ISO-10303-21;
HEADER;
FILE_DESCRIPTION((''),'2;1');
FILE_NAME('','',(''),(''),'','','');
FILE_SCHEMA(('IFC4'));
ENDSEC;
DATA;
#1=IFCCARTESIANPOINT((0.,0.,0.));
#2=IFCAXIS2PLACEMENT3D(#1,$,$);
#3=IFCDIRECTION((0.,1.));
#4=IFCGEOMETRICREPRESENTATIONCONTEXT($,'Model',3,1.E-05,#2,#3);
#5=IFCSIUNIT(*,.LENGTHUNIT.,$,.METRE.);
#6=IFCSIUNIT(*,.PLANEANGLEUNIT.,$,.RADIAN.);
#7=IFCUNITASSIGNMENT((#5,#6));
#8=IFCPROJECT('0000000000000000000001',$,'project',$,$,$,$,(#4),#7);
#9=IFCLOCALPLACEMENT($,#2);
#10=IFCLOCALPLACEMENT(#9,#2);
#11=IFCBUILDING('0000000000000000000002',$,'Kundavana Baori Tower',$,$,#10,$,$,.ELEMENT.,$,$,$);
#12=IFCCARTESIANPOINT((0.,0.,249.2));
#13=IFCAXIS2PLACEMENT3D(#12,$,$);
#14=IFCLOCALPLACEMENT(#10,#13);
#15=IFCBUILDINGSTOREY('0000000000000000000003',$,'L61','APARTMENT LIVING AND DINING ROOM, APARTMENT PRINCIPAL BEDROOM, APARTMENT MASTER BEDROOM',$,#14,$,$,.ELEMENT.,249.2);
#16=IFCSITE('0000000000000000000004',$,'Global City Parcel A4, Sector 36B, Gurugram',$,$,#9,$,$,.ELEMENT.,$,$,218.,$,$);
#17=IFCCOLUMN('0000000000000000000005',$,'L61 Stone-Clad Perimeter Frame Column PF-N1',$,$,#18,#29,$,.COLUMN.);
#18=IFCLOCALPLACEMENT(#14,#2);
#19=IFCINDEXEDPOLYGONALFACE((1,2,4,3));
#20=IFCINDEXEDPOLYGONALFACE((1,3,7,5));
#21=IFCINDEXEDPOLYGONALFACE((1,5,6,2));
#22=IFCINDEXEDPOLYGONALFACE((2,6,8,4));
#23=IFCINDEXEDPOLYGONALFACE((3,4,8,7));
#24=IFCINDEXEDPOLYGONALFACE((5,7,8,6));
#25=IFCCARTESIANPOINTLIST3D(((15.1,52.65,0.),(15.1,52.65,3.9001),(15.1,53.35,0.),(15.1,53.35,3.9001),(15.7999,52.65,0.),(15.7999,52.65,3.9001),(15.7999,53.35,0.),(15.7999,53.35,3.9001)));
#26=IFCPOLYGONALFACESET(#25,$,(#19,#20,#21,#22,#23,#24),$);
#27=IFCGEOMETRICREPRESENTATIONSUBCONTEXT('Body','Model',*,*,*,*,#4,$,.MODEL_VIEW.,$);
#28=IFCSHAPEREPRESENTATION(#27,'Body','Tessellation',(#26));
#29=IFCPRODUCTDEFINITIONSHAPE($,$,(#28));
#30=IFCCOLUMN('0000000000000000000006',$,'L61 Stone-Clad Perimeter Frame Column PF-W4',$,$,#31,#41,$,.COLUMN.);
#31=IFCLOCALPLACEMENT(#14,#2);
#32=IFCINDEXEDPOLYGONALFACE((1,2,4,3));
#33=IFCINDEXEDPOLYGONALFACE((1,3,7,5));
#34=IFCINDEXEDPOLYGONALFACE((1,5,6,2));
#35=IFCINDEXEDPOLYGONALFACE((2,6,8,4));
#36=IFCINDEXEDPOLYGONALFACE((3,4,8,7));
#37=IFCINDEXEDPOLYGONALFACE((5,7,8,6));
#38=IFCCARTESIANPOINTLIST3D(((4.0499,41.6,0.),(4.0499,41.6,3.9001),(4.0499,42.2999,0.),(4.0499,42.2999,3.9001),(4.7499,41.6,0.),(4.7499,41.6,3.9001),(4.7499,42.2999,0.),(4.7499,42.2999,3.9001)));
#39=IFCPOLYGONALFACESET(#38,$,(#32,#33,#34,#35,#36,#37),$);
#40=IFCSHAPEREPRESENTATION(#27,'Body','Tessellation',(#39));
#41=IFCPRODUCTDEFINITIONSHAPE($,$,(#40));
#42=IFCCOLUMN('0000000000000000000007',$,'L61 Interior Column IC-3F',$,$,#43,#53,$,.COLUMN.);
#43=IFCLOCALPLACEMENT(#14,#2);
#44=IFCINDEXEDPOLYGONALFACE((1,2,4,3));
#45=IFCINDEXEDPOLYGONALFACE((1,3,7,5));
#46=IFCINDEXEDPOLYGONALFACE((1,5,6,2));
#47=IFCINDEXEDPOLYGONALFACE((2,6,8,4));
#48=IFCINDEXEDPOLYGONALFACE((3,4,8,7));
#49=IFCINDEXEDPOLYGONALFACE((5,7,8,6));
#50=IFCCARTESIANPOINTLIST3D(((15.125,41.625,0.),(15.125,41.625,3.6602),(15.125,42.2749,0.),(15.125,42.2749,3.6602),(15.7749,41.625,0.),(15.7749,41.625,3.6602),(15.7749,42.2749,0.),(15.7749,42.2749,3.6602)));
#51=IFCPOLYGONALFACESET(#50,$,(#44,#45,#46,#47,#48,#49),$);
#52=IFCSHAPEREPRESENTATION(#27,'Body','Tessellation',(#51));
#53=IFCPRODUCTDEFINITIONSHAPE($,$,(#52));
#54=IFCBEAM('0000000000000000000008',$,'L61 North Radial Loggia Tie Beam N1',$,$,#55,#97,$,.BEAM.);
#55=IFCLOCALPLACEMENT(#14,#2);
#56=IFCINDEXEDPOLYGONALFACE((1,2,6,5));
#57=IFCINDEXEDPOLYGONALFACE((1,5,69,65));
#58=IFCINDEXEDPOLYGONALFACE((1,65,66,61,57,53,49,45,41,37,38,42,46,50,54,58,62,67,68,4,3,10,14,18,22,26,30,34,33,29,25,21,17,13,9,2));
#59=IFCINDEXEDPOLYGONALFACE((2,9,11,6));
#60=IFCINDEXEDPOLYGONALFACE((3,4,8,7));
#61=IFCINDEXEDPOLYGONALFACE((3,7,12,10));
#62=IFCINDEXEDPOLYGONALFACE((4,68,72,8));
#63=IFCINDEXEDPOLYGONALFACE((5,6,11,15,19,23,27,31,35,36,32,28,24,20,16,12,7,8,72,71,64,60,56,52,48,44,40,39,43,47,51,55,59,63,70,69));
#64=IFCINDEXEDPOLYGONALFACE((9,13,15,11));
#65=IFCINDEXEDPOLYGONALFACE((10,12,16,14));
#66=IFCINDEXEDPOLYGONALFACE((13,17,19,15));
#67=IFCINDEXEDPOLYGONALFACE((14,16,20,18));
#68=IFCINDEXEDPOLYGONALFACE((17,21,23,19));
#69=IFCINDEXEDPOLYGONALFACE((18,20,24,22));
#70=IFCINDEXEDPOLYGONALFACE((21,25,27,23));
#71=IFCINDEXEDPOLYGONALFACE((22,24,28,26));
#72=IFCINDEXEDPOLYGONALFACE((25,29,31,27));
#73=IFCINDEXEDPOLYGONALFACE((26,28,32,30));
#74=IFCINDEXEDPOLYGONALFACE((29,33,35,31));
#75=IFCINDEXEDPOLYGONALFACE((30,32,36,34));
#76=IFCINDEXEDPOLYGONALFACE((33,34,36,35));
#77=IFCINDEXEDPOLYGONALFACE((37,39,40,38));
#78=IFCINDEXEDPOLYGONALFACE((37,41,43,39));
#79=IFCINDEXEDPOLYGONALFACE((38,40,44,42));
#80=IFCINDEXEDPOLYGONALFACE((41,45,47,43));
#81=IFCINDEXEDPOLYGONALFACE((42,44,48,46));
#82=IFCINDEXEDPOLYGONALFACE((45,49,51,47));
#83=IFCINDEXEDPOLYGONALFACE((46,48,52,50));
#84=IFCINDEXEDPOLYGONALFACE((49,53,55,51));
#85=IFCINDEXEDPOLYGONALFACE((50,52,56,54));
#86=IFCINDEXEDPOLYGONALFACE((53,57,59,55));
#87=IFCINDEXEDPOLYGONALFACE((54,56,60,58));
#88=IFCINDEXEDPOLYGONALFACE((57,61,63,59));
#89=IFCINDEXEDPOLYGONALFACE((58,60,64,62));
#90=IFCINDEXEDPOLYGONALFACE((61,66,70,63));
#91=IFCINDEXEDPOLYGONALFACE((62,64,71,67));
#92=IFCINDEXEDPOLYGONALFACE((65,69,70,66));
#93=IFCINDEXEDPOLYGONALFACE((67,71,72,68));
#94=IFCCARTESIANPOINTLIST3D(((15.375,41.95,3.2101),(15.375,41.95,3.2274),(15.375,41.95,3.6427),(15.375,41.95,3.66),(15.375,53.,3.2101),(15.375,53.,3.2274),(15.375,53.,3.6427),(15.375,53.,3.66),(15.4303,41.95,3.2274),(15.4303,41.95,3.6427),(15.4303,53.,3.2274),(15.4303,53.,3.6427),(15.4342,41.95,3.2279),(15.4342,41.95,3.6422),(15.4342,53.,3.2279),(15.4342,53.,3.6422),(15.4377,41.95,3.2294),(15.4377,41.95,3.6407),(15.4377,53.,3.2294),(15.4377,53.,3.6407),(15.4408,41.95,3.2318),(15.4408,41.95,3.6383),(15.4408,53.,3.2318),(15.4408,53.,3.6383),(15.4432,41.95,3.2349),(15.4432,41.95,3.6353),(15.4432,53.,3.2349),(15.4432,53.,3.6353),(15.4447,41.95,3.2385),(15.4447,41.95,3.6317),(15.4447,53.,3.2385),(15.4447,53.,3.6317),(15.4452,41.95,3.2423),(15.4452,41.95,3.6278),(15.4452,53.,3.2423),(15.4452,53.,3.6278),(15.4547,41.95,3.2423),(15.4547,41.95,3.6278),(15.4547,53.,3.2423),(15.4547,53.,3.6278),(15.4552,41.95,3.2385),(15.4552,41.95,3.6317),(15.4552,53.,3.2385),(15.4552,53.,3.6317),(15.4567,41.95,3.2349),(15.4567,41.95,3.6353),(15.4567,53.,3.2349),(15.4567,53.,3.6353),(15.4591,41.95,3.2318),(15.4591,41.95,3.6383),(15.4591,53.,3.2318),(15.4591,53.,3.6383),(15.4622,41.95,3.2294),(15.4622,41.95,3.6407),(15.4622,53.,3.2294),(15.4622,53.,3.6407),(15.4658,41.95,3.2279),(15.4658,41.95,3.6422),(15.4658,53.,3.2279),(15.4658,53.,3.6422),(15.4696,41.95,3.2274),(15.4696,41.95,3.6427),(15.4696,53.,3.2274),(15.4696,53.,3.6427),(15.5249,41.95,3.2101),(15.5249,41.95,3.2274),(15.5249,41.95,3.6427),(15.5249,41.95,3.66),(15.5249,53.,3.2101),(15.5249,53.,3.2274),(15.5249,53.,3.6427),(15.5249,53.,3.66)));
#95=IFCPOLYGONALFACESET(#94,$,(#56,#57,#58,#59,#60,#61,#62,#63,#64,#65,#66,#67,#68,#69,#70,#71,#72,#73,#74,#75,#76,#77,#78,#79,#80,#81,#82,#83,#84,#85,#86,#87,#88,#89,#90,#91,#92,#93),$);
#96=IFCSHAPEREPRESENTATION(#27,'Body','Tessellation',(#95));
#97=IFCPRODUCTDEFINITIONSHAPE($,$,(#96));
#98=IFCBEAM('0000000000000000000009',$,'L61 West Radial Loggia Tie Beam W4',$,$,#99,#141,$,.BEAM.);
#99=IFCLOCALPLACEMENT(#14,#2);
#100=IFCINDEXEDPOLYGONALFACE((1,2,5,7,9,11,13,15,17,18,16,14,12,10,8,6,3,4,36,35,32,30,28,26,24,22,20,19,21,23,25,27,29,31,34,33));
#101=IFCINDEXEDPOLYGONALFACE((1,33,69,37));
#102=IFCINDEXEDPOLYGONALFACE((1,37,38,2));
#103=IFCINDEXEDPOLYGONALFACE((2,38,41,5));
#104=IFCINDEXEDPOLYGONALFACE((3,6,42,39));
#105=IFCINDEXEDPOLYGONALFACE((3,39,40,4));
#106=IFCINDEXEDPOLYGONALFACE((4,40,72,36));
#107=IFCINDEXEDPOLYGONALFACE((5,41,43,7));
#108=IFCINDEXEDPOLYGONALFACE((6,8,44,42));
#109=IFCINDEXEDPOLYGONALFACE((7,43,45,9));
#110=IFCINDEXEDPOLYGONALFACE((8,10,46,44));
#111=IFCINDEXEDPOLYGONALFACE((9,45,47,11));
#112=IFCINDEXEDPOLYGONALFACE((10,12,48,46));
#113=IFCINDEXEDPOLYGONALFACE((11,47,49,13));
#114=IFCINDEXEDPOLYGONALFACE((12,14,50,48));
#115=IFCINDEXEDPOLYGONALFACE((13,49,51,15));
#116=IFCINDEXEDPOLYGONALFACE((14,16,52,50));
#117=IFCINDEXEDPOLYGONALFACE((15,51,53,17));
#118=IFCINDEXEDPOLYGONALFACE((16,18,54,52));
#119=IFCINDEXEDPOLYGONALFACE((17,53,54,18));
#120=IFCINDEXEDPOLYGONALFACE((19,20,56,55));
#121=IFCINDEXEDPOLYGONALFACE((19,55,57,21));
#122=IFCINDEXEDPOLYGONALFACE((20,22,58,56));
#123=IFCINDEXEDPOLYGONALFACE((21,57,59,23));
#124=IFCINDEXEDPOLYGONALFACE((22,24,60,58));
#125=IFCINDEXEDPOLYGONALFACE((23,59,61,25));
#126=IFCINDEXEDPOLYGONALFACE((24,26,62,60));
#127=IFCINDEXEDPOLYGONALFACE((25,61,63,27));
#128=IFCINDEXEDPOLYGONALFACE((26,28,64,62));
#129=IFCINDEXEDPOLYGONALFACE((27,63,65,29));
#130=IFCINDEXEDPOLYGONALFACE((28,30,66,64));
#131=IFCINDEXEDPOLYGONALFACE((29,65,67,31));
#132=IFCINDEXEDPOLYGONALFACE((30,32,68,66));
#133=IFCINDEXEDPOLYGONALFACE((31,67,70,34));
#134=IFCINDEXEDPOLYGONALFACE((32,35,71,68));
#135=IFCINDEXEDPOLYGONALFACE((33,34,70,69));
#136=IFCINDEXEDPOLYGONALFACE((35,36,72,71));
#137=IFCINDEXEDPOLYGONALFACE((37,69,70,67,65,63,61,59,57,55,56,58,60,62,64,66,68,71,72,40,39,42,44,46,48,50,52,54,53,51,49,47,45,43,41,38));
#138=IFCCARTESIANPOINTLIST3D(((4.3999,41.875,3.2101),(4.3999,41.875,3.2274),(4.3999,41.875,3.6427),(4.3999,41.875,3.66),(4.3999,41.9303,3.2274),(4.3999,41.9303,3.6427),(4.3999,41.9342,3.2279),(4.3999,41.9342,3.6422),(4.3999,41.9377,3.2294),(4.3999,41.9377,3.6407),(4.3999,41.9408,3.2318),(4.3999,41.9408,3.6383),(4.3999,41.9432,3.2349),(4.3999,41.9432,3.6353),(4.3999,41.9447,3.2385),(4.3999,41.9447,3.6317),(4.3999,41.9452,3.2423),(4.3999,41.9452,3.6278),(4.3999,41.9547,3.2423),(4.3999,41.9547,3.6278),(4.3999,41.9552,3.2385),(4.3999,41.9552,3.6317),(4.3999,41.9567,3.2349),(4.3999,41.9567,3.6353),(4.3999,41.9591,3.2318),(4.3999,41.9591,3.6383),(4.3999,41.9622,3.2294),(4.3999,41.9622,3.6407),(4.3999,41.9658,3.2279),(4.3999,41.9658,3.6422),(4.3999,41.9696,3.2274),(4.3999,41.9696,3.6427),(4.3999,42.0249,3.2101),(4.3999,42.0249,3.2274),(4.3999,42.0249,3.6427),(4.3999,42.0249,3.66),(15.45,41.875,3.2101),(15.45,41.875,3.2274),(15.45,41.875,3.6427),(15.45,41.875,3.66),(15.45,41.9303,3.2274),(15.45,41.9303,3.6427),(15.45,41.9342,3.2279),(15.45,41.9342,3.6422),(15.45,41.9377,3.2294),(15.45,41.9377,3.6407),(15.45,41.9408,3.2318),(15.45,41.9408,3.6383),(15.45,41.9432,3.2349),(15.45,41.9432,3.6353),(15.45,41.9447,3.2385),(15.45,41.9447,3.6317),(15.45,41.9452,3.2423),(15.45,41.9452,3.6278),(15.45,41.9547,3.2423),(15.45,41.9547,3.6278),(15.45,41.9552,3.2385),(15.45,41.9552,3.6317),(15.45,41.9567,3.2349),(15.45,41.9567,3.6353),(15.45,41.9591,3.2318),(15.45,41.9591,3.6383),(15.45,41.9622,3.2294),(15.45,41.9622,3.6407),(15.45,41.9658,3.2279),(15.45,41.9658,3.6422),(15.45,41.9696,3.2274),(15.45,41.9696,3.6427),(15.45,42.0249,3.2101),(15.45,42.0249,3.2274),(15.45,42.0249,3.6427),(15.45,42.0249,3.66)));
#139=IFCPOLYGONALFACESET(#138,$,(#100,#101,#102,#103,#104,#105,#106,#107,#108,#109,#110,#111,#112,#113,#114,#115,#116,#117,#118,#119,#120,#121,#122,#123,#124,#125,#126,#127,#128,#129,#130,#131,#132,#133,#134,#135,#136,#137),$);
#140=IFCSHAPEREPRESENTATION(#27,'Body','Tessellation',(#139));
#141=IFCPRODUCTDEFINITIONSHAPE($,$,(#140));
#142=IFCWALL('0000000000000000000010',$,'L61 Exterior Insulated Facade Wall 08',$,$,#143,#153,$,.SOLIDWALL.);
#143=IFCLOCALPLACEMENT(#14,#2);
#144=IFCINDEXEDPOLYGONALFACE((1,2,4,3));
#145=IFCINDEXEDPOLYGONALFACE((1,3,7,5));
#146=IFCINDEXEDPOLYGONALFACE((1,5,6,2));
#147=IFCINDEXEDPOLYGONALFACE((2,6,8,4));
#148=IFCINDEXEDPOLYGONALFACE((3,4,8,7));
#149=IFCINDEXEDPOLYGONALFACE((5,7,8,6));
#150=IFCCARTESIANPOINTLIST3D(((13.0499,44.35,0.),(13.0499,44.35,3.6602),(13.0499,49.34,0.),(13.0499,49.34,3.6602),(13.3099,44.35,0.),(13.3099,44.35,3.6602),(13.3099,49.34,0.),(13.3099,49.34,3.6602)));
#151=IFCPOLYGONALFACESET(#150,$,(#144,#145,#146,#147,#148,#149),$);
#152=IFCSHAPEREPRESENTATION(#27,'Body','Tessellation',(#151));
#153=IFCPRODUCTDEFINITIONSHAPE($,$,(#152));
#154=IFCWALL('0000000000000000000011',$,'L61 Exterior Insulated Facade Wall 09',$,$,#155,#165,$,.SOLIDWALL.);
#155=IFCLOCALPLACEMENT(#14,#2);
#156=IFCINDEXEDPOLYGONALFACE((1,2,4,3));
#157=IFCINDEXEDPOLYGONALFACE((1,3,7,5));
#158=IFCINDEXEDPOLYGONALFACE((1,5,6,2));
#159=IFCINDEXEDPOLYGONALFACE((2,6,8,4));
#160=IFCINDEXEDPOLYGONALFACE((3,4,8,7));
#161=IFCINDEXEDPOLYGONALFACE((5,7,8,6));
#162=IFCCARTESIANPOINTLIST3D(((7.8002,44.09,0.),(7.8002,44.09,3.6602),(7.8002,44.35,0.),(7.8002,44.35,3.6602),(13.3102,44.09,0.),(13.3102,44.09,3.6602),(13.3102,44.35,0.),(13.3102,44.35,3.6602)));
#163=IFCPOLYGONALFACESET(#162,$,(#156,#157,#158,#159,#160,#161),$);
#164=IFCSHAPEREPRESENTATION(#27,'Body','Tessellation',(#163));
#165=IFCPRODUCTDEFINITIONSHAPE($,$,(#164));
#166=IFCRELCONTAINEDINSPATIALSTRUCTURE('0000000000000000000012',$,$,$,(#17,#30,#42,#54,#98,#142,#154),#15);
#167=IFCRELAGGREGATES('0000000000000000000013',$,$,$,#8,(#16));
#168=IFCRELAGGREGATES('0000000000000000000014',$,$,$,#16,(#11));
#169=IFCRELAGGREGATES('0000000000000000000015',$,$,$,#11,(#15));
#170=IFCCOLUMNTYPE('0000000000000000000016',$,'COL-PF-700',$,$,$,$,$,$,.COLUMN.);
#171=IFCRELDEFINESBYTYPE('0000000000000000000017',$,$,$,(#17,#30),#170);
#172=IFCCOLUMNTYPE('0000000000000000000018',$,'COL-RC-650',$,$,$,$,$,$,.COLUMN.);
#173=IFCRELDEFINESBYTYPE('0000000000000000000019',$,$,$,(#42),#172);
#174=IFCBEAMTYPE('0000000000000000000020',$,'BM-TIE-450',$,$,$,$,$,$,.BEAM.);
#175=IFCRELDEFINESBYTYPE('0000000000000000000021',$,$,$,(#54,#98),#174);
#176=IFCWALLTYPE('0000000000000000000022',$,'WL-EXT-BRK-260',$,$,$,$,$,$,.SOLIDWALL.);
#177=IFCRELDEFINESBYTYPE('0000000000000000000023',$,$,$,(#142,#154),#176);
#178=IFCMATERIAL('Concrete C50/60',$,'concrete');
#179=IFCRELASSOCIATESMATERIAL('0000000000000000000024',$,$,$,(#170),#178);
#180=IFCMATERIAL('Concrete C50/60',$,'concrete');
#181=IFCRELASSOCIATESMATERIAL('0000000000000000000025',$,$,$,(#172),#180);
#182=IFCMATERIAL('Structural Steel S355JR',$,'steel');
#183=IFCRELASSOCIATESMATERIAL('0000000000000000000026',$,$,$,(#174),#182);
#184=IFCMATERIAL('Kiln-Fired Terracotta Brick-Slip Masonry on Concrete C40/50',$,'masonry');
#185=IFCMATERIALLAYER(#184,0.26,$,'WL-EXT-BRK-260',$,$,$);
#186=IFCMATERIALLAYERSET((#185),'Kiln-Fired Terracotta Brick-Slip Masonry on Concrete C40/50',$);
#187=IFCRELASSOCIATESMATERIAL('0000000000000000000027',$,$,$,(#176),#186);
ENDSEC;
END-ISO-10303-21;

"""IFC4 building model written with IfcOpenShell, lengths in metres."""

from ifc_helpers import new_model, si_unit, direction, frame, frame_2d, origin, origin_2d, place, context, subcontext, project, spatial, rectangle, i_section, extrude, material, layer, layer_set, material_profile, profile_set, type_object, element, save


model = new_model("IFC4")

# Units and contexts
model_context = context("Model", 3, precision=1e-05, world=origin(), true_north=direction((0.0, 1.0)))
body_context = subcontext(model_context, "Body", "Model", "MODEL_VIEW")
ifc_project = project(units=[si_unit("LENGTHUNIT", "METRE"), si_unit("PLANEANGLEUNIT", "RADIAN")], contexts=[model_context])

# Site, building, storey
site_placement = place(None, origin())
site = spatial("IfcSite", under=ifc_project, at=site_placement, Name="Global City Parcel A4, Sector 36B, Gurugram", CompositionType="ELEMENT", RefElevation=218.0)
building_placement = place(site_placement, origin())
building = spatial("IfcBuilding", under=site, at=building_placement, Name="Kundavana Baori Tower", CompositionType="ELEMENT")
storey_placement = place(building_placement, frame((0.0, 0.0, 249.2)))
storey = spatial("IfcBuildingStorey", under=building, at=storey_placement, Name="L61", Description="APARTMENT LIVING AND DINING ROOM, APARTMENT PRINCIPAL BEDROOM, APARTMENT MASTER BEDROOM", CompositionType="ELEMENT", Elevation=249.2)

# Columns
ifc_material_1 = material(Name="Concrete C50/60", Category="concrete")
ifc_material_profile_1 = material_profile(ifc_material_1, rectangle(XDim=0.7, YDim=0.7, at=origin_2d()), Name="RC PF 700x700")
ifc_profile_set_1 = profile_set([ifc_material_profile_1], Name="Concrete C50/60")
column_type_1 = type_object("IfcColumnType", Name="COL-PF-700", PredefinedType="COLUMN", material=ifc_profile_set_1)
for number, where, z_axis, x_axis, name in (
    (1, (15.45, 53.0, 0.0), (0.0, 0.0, 1.0), (1.0, 0.0, 0.0), "L61 Stone-Clad Perimeter Frame Column PF-N1"),
    (2, (4.3999, 41.95, 0.0), (0.0, 0.0, 1.0), (1.0, 0.0, 0.0), "L61 Stone-Clad Perimeter Frame Column PF-W4"),
):
    element("IfcColumn", number, at=place(storey_placement, frame(where, z_axis=z_axis, x_axis=x_axis)), inside=storey, type_object=column_type_1, Name=name, PredefinedType="COLUMN", context=body_context, shape_type="SweptSolid", body=[
        extrude(rectangle(XDim=0.7, YDim=0.7, at=origin_2d()), origin(), (0.0, 0.0, 1.0), 3.9001),
    ])
ifc_material_2 = material(Name="Concrete C50/60", Category="concrete")
ifc_material_profile_2 = material_profile(ifc_material_2, rectangle(XDim=0.6499, YDim=0.6499, at=origin_2d()), Name="RC 650x650")
ifc_profile_set_2 = profile_set([ifc_material_profile_2], Name="Concrete C50/60")
column_type_2 = type_object("IfcColumnType", Name="COL-RC-650", PredefinedType="COLUMN", material=ifc_profile_set_2)
column_placement = place(storey_placement, frame((15.45, 41.95, 0.0), z_axis=(0.0, 0.0, 1.0), x_axis=(1.0, 0.0, 0.0)))
element("IfcColumn", 3, at=column_placement, inside=storey, type_object=column_type_2, Name="L61 Interior Column IC-3F", PredefinedType="COLUMN", context=body_context, shape_type="SweptSolid", body=[
    extrude(rectangle(XDim=0.6499, YDim=0.6499, at=origin_2d()), origin(), (0.0, 0.0, 1.0), 3.6602),
])

# Beams
ifc_material_3 = material(Name="Structural Steel S355JR", Category="steel")
ifc_material_profile_3 = material_profile(ifc_material_3, i_section(OverallWidth=0.1499, OverallDepth=0.45, WebThickness=0.0095, FlangeThickness=0.0173, FilletRadius=0.0149, at=origin_2d()), Name="ISMB 450")
ifc_profile_set_3 = profile_set([ifc_material_profile_3], Name="Structural Steel S355JR")
beam_type = type_object("IfcBeamType", Name="BM-TIE-450", PredefinedType="BEAM", material=ifc_profile_set_3)
for number, where, z_axis, x_axis, name in (
    (4, (15.45, 41.95, 3.4351), (0.0, 1.0, 0.0), (-1.0, 0.0, 0.0), "L61 North Radial Loggia Tie Beam N1"),
    (5, (15.45, 41.95, 3.4351), (-1.0, 0.0, 0.0), (0.0, -1.0, 0.0), "L61 West Radial Loggia Tie Beam W4"),
):
    element("IfcBeam", number, at=place(storey_placement, frame(where, z_axis=z_axis, x_axis=x_axis)), inside=storey, type_object=beam_type, Name=name, PredefinedType="BEAM", context=body_context, shape_type="SweptSolid", body=[
        extrude(i_section(OverallWidth=0.1499, OverallDepth=0.45, WebThickness=0.0095, FlangeThickness=0.0173, FilletRadius=0.0149, at=origin_2d()), origin(), (0.0, 0.0, 1.0), 11.05),
    ])

# Walls
ifc_material_4 = material(Name="Kiln-Fired Terracotta Brick-Slip Masonry on Concrete C40/50", Category="masonry")
ifc_layer_1 = layer(ifc_material_4, 0.26, Name="WL-EXT-BRK-260")
ifc_layer_set_1 = layer_set([ifc_layer_1], Name="Kiln-Fired Terracotta Brick-Slip Masonry on Concrete C40/50")
wall_type_1 = type_object("IfcWallType", Name="WL-EXT-BRK-260", PredefinedType="SOLIDWALL", material=ifc_layer_set_1)
wall_1_placement = place(storey_placement, frame((13.1799, 49.3401, 0.0), z_axis=(0.0, 0.0, 1.0), x_axis=(0.0, -1.0, 0.0)))
element("IfcWall", 6, at=wall_1_placement, inside=storey, type_object=wall_type_1, Name="L61 Exterior Insulated Facade Wall 08", PredefinedType="SOLIDWALL", context=body_context, shape_type="SweptSolid", body=[
    extrude(rectangle(XDim=4.99, YDim=0.26, at=frame_2d((2.4951, 0.0))), origin(), (0.0, 0.0, 1.0), 3.6602),
])
wall_2_placement = place(storey_placement, frame((13.3101, 44.22, 0.0), z_axis=(0.0, 0.0, 1.0), x_axis=(-1.0, 0.0, 0.0)))
element("IfcWall", 7, at=wall_2_placement, inside=storey, type_object=wall_type_1, Name="L61 Exterior Insulated Facade Wall 09", PredefinedType="SOLIDWALL", context=body_context, shape_type="SweptSolid", body=[
    extrude(rectangle(XDim=5.51, YDim=0.26, at=frame_2d((2.7549, 0.0))), origin(), (0.0, 0.0, 1.0), 3.6602),
])

save(model, "model.ifc")
